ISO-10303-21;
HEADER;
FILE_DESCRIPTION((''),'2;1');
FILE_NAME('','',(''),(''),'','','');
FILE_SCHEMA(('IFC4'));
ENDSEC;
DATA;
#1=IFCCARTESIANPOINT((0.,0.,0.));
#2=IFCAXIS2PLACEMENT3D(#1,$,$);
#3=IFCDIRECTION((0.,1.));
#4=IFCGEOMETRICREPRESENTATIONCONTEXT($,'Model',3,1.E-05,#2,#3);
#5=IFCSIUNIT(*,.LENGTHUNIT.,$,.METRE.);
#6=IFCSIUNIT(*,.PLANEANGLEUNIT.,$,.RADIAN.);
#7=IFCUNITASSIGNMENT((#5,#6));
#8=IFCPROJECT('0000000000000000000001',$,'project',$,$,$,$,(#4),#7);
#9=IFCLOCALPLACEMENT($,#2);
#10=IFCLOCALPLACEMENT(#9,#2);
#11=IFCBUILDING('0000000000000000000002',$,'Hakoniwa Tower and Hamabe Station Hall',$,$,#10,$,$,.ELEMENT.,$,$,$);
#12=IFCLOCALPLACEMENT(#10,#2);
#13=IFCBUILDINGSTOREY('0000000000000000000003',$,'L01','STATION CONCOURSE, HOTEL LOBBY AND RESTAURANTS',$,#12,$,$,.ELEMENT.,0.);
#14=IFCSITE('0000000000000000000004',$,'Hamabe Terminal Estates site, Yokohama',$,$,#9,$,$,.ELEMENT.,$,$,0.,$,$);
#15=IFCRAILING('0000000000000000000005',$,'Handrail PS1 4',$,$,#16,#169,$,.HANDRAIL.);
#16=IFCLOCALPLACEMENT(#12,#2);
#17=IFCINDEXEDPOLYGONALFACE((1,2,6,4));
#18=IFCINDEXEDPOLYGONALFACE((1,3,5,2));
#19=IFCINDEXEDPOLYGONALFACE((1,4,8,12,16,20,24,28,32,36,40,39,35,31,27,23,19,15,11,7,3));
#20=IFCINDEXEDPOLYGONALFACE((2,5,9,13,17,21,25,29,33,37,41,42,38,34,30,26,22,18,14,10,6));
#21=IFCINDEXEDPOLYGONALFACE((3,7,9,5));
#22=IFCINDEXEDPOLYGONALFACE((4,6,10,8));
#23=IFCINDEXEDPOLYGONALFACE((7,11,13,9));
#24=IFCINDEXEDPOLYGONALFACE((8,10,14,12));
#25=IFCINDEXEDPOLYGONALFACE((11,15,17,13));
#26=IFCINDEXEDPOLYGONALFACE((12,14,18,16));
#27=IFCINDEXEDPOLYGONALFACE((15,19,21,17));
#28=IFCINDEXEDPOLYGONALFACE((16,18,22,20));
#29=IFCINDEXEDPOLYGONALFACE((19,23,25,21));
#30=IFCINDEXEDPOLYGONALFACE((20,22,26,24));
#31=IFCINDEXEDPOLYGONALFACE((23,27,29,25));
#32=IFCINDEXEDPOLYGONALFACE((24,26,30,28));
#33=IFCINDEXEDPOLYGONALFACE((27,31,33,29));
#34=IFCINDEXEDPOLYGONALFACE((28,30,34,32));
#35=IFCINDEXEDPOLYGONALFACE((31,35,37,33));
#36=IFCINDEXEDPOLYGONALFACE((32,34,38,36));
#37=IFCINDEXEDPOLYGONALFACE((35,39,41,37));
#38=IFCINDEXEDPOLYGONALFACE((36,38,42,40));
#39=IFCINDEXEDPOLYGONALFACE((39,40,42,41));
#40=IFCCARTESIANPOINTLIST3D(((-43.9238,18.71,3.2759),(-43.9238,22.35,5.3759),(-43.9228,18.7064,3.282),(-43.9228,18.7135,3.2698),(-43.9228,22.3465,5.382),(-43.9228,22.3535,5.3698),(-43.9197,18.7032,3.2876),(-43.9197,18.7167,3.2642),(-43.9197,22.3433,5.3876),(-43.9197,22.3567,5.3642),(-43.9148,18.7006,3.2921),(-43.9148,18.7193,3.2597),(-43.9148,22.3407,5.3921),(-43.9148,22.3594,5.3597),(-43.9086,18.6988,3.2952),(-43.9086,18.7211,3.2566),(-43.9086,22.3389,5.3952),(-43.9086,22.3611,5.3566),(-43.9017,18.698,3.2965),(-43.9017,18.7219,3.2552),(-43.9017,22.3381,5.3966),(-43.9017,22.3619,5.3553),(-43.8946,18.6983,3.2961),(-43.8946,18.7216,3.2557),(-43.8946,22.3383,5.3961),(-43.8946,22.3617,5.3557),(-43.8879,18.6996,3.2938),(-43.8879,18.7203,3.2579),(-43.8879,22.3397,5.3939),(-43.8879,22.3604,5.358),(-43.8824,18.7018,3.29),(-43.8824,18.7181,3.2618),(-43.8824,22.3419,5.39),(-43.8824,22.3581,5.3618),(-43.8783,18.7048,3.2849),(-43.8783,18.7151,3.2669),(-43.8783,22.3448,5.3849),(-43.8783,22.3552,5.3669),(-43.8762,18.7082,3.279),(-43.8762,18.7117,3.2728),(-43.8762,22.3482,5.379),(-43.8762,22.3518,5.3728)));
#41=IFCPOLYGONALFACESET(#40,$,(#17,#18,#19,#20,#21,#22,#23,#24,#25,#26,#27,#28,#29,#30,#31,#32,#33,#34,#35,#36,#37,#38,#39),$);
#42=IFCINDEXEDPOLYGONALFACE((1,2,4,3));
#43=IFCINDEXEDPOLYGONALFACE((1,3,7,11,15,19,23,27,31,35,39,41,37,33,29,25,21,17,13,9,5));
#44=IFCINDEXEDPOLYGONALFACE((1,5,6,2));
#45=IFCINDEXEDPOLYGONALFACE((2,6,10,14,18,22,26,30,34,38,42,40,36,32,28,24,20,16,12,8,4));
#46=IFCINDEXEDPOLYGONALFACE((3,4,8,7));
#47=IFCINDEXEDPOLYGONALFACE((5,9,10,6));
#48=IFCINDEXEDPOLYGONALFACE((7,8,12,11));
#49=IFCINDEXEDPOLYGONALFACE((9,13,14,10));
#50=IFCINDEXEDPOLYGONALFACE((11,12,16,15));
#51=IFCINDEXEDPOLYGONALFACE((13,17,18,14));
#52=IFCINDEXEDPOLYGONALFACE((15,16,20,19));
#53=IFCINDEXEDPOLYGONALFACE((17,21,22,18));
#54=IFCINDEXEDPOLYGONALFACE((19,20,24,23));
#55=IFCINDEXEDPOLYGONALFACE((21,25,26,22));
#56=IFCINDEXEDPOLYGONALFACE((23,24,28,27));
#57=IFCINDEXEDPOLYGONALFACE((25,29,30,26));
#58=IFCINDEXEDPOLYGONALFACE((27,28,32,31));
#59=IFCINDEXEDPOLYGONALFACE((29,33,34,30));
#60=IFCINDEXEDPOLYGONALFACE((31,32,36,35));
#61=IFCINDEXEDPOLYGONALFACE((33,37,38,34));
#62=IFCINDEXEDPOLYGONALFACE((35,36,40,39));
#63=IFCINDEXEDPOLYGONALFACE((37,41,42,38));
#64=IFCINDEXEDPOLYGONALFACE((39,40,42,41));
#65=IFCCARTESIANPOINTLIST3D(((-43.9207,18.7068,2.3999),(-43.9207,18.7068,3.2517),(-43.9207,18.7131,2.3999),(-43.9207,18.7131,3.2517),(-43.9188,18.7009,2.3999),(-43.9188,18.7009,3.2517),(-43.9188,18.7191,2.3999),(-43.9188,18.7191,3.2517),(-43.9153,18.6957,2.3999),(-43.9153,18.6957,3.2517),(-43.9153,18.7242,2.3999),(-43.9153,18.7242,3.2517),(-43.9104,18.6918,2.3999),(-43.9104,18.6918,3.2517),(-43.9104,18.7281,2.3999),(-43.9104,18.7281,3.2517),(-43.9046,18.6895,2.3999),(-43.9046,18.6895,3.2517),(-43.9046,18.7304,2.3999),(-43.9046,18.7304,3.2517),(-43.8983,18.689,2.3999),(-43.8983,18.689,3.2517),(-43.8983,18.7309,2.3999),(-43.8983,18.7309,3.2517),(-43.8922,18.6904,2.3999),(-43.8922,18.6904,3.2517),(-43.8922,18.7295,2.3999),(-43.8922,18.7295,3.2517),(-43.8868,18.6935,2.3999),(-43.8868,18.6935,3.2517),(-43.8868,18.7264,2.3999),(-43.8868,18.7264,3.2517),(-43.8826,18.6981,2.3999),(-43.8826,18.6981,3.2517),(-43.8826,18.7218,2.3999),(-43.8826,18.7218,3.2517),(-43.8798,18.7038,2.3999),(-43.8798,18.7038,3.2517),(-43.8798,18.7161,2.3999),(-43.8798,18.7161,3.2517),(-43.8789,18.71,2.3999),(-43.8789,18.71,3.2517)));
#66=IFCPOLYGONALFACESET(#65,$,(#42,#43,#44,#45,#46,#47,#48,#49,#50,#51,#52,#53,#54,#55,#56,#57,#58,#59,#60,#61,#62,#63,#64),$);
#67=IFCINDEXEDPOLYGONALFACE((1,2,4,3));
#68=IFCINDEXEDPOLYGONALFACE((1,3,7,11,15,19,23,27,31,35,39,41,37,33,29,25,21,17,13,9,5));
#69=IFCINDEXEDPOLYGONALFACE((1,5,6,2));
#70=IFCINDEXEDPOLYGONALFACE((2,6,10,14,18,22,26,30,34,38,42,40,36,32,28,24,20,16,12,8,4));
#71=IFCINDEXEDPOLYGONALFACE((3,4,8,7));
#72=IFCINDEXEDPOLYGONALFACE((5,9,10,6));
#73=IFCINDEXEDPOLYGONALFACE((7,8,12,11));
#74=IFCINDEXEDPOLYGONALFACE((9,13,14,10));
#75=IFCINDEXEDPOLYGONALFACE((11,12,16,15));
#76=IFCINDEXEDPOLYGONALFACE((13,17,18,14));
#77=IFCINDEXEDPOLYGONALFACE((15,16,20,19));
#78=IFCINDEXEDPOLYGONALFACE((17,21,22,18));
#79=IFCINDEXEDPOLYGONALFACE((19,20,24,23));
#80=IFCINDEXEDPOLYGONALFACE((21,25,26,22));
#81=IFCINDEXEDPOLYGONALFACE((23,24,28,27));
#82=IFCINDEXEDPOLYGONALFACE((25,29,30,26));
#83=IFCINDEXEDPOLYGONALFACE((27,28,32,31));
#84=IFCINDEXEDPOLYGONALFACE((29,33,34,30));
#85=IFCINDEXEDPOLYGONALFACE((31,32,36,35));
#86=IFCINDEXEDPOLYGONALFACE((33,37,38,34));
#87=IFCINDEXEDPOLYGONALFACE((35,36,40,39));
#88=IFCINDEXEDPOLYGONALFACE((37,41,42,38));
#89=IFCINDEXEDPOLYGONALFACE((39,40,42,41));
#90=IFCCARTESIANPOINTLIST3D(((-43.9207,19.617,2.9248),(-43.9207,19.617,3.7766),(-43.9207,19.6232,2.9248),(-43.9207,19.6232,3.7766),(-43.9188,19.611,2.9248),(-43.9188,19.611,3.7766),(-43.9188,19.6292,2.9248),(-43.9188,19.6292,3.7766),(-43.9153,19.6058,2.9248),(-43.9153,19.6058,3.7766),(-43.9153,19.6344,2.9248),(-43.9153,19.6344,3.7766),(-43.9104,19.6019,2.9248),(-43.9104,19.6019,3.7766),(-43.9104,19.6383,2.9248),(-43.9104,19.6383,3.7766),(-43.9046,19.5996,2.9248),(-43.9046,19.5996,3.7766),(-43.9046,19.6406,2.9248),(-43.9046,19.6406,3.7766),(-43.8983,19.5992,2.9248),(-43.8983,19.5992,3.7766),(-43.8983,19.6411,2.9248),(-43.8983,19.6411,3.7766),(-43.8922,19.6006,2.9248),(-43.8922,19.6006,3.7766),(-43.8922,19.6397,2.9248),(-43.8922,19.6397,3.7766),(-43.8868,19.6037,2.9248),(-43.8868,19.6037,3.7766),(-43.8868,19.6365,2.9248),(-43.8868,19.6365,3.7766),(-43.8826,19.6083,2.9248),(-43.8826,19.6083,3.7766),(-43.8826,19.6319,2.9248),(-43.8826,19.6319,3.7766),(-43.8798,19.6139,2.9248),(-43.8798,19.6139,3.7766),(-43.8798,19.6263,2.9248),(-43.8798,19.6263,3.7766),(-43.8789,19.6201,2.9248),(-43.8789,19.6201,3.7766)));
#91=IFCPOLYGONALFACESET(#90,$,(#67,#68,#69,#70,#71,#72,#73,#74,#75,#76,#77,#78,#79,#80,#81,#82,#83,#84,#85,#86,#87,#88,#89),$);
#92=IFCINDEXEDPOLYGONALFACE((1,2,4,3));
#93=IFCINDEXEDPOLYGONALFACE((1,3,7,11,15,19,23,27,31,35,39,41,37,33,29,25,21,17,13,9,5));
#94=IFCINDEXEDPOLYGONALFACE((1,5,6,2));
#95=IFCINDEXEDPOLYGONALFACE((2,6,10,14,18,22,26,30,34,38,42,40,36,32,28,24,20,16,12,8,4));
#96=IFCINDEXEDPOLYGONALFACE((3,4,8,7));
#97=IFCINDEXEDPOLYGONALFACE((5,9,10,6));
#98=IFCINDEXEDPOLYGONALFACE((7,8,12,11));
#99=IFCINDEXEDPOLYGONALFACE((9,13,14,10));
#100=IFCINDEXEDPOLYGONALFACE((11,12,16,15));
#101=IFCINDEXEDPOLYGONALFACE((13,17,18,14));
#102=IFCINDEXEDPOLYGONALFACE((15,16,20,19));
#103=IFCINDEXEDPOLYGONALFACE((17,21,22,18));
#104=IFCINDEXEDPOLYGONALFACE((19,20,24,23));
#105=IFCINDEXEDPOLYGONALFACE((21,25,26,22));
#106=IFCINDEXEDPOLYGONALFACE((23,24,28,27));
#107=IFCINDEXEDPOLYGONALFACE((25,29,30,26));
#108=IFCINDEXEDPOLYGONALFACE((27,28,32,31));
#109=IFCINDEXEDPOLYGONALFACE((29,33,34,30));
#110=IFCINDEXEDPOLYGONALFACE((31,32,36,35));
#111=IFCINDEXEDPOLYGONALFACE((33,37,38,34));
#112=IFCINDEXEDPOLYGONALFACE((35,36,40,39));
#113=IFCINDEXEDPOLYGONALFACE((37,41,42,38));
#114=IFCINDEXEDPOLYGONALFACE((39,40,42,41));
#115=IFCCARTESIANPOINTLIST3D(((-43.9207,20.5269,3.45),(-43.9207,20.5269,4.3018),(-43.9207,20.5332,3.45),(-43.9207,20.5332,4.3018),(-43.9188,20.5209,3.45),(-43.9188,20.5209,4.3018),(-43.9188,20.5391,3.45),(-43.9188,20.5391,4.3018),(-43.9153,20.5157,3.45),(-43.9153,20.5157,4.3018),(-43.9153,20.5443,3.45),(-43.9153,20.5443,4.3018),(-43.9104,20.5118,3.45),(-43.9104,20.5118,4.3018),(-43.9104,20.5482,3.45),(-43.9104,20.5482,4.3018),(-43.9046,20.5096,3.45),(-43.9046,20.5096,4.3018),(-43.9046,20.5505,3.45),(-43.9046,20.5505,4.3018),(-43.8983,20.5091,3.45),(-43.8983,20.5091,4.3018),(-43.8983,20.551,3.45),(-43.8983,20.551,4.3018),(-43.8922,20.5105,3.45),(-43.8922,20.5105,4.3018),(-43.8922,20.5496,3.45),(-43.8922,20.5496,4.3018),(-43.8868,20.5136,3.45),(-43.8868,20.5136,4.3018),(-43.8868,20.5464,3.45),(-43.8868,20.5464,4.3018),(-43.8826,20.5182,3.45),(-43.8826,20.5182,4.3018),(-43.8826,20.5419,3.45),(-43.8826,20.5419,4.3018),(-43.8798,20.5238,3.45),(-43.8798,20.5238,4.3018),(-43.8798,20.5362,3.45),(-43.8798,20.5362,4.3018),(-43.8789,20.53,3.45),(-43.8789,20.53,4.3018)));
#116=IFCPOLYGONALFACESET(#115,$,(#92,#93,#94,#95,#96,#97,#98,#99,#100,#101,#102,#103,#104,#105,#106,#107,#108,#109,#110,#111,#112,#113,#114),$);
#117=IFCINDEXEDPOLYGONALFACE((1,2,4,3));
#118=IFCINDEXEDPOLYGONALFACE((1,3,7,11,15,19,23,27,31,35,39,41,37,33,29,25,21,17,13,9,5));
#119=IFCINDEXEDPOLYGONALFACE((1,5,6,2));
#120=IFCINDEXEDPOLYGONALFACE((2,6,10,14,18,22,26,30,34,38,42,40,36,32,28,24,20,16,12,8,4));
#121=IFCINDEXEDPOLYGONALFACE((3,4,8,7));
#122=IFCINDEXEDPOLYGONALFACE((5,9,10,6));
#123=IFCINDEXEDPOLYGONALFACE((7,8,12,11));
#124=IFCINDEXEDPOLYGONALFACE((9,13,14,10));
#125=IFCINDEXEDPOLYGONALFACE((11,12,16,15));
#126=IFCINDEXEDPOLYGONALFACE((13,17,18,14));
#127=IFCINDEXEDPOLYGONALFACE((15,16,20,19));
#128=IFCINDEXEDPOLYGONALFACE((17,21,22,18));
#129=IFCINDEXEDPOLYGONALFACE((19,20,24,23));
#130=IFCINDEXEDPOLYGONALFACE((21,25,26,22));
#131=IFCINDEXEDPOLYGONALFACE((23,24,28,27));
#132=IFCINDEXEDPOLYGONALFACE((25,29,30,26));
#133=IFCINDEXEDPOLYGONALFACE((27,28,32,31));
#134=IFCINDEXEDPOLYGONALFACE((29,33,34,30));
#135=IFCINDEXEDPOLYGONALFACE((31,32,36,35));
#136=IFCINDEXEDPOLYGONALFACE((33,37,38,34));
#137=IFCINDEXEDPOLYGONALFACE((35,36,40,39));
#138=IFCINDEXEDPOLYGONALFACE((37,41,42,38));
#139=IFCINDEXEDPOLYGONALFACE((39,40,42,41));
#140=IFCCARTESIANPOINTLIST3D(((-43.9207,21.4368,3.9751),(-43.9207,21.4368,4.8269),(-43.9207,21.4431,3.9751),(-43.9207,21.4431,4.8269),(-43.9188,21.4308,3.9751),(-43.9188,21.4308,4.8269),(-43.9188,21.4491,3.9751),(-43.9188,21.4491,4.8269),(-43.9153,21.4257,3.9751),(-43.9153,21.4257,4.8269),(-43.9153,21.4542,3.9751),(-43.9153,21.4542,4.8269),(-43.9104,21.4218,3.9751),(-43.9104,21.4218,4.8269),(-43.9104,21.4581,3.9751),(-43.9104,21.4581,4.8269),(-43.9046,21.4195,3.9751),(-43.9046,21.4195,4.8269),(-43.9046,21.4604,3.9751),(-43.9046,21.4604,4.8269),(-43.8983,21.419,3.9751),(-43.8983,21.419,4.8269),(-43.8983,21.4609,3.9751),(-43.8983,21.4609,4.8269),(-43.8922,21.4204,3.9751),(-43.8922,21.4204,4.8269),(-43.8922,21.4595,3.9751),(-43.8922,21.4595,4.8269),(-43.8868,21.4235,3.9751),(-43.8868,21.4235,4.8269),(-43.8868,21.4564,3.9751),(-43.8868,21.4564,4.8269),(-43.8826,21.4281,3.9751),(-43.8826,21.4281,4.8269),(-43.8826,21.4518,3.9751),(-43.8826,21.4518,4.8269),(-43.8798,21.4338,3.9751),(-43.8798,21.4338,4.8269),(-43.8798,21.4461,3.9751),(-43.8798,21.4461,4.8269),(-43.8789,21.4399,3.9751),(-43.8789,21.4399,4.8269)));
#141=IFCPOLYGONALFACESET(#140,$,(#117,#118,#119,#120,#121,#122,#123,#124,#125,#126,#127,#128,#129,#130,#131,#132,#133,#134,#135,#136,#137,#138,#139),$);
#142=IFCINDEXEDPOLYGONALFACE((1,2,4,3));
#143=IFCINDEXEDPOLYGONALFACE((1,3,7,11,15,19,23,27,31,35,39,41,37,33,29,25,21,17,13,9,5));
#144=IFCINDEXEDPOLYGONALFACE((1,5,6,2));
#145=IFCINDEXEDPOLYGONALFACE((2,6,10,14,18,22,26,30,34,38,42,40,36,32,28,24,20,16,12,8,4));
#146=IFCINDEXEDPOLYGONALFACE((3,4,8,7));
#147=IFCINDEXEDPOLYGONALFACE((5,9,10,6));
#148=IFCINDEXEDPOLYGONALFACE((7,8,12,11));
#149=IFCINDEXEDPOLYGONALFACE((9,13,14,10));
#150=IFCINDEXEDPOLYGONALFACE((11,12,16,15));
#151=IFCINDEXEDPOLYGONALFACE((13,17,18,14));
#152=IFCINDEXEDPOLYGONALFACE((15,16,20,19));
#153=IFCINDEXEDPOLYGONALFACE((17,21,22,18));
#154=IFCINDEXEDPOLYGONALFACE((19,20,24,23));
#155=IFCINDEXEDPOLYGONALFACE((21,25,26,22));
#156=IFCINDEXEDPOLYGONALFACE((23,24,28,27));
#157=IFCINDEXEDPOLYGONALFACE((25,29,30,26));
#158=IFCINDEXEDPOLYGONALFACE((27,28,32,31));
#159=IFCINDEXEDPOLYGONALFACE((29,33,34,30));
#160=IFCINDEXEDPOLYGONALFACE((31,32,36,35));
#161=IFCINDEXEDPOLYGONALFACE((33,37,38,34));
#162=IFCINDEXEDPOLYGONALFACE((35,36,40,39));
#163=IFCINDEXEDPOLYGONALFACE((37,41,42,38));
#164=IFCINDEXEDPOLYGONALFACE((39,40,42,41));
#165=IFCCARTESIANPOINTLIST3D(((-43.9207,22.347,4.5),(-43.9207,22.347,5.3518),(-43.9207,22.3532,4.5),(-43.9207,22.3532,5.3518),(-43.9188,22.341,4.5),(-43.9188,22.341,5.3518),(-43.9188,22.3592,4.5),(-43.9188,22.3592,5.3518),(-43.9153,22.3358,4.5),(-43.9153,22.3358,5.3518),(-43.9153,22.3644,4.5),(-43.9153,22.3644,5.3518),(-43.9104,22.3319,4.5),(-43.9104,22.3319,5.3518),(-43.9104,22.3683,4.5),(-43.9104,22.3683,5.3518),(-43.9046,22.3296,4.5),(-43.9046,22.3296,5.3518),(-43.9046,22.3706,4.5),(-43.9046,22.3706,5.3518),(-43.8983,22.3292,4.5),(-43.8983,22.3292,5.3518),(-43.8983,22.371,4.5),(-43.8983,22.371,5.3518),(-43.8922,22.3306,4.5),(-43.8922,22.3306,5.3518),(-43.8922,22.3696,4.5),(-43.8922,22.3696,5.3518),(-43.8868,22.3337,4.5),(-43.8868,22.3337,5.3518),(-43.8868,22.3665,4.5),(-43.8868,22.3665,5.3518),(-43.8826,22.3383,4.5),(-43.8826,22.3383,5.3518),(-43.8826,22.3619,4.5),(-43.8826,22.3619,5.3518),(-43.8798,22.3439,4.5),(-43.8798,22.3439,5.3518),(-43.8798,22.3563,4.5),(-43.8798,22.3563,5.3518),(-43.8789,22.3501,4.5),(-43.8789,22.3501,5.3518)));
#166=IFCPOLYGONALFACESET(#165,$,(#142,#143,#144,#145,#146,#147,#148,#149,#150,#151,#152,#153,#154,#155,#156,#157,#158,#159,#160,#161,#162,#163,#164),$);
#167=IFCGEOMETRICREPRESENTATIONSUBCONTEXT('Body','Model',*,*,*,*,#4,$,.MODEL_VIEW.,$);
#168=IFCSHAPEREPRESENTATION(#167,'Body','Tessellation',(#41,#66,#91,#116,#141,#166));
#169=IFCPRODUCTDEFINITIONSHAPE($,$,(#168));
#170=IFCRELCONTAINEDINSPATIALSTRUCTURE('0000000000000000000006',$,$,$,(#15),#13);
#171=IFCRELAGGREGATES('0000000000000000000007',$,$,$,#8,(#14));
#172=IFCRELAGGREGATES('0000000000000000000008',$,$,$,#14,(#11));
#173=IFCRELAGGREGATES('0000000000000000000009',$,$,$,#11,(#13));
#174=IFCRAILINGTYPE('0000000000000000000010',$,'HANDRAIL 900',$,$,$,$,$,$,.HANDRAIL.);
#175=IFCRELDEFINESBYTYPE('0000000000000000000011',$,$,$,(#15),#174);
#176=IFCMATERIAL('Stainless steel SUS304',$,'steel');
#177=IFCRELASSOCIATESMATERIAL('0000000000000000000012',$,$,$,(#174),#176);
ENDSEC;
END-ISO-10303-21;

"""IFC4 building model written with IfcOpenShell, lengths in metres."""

from ifc_helpers import new_model, si_unit, direction, frame, origin, origin_2d, place, context, subcontext, project, spatial, circle, extrude, material, type_object, element, save


model = new_model("IFC4")

# Units and contexts
model_context = context("Model", 3, precision=1e-05, world=origin(), true_north=direction((0.0, 1.0)))
body_context = subcontext(model_context, "Body", "Model", "MODEL_VIEW")
ifc_project = project(units=[si_unit("LENGTHUNIT", "METRE"), si_unit("PLANEANGLEUNIT", "RADIAN")], contexts=[model_context])

# Site, building, storey
site_placement = place(None, origin())
site = spatial("IfcSite", under=ifc_project, at=site_placement, Name="Hamabe Terminal Estates site, Yokohama", CompositionType="ELEMENT", RefElevation=0.0)
building_placement = place(site_placement, origin())
building = spatial("IfcBuilding", under=site, at=building_placement, Name="Hakoniwa Tower and Hamabe Station Hall", CompositionType="ELEMENT")
storey_placement = place(building_placement, origin())
storey = spatial("IfcBuildingStorey", under=building, at=storey_placement, Name="L01", Description="STATION CONCOURSE, HOTEL LOBBY AND RESTAURANTS", CompositionType="ELEMENT", Elevation=0.0)

# Railing
ifc_material_1 = material(Name="Stainless steel SUS304", Category="steel")
railing_type_1 = type_object("IfcRailingType", Name="HANDRAIL 900", PredefinedType="HANDRAIL", material=ifc_material_1)
for number, where, name in (
    (1, (-43.8999, 18.71, 2.3999), "Handrail PS1 4"),
):
    element("IfcRailing", number, at=place(storey_placement, frame(where)), inside=storey, type_object=railing_type_1, Name=name, PredefinedType="HANDRAIL", context=body_context, shape_type="SweptSolid", body=[
        extrude(circle(Radius=0.0239, at=origin_2d()), frame((0.0, 0.0, 0.876), z_axis=(0.0, 0.866184, 0.499726), x_axis=(-1.0, 0.0, 0.0)), (0.0, 0.0, 1.0), 4.2024),
        extrude(circle(Radius=0.021, at=origin_2d()), origin(), (0.0, 0.0, 1.0), 0.8518),
        extrude(circle(Radius=0.021, at=origin_2d()), frame((0.0, 0.9102, 0.5249)), (0.0, 0.0, 1.0), 0.8518),
        extrude(circle(Radius=0.021, at=origin_2d()), frame((0.0, 1.8201, 1.05)), (0.0, 0.0, 1.0), 0.8518),
        extrude(circle(Radius=0.021, at=origin_2d()), frame((0.0, 2.73, 1.5752)), (0.0, 0.0, 1.0), 0.8518),
        extrude(circle(Radius=0.021, at=origin_2d()), frame((0.0, 3.6401, 2.1001)), (0.0, 0.0, 1.0), 0.8518),
    ])

save(model, "model.ifc")
